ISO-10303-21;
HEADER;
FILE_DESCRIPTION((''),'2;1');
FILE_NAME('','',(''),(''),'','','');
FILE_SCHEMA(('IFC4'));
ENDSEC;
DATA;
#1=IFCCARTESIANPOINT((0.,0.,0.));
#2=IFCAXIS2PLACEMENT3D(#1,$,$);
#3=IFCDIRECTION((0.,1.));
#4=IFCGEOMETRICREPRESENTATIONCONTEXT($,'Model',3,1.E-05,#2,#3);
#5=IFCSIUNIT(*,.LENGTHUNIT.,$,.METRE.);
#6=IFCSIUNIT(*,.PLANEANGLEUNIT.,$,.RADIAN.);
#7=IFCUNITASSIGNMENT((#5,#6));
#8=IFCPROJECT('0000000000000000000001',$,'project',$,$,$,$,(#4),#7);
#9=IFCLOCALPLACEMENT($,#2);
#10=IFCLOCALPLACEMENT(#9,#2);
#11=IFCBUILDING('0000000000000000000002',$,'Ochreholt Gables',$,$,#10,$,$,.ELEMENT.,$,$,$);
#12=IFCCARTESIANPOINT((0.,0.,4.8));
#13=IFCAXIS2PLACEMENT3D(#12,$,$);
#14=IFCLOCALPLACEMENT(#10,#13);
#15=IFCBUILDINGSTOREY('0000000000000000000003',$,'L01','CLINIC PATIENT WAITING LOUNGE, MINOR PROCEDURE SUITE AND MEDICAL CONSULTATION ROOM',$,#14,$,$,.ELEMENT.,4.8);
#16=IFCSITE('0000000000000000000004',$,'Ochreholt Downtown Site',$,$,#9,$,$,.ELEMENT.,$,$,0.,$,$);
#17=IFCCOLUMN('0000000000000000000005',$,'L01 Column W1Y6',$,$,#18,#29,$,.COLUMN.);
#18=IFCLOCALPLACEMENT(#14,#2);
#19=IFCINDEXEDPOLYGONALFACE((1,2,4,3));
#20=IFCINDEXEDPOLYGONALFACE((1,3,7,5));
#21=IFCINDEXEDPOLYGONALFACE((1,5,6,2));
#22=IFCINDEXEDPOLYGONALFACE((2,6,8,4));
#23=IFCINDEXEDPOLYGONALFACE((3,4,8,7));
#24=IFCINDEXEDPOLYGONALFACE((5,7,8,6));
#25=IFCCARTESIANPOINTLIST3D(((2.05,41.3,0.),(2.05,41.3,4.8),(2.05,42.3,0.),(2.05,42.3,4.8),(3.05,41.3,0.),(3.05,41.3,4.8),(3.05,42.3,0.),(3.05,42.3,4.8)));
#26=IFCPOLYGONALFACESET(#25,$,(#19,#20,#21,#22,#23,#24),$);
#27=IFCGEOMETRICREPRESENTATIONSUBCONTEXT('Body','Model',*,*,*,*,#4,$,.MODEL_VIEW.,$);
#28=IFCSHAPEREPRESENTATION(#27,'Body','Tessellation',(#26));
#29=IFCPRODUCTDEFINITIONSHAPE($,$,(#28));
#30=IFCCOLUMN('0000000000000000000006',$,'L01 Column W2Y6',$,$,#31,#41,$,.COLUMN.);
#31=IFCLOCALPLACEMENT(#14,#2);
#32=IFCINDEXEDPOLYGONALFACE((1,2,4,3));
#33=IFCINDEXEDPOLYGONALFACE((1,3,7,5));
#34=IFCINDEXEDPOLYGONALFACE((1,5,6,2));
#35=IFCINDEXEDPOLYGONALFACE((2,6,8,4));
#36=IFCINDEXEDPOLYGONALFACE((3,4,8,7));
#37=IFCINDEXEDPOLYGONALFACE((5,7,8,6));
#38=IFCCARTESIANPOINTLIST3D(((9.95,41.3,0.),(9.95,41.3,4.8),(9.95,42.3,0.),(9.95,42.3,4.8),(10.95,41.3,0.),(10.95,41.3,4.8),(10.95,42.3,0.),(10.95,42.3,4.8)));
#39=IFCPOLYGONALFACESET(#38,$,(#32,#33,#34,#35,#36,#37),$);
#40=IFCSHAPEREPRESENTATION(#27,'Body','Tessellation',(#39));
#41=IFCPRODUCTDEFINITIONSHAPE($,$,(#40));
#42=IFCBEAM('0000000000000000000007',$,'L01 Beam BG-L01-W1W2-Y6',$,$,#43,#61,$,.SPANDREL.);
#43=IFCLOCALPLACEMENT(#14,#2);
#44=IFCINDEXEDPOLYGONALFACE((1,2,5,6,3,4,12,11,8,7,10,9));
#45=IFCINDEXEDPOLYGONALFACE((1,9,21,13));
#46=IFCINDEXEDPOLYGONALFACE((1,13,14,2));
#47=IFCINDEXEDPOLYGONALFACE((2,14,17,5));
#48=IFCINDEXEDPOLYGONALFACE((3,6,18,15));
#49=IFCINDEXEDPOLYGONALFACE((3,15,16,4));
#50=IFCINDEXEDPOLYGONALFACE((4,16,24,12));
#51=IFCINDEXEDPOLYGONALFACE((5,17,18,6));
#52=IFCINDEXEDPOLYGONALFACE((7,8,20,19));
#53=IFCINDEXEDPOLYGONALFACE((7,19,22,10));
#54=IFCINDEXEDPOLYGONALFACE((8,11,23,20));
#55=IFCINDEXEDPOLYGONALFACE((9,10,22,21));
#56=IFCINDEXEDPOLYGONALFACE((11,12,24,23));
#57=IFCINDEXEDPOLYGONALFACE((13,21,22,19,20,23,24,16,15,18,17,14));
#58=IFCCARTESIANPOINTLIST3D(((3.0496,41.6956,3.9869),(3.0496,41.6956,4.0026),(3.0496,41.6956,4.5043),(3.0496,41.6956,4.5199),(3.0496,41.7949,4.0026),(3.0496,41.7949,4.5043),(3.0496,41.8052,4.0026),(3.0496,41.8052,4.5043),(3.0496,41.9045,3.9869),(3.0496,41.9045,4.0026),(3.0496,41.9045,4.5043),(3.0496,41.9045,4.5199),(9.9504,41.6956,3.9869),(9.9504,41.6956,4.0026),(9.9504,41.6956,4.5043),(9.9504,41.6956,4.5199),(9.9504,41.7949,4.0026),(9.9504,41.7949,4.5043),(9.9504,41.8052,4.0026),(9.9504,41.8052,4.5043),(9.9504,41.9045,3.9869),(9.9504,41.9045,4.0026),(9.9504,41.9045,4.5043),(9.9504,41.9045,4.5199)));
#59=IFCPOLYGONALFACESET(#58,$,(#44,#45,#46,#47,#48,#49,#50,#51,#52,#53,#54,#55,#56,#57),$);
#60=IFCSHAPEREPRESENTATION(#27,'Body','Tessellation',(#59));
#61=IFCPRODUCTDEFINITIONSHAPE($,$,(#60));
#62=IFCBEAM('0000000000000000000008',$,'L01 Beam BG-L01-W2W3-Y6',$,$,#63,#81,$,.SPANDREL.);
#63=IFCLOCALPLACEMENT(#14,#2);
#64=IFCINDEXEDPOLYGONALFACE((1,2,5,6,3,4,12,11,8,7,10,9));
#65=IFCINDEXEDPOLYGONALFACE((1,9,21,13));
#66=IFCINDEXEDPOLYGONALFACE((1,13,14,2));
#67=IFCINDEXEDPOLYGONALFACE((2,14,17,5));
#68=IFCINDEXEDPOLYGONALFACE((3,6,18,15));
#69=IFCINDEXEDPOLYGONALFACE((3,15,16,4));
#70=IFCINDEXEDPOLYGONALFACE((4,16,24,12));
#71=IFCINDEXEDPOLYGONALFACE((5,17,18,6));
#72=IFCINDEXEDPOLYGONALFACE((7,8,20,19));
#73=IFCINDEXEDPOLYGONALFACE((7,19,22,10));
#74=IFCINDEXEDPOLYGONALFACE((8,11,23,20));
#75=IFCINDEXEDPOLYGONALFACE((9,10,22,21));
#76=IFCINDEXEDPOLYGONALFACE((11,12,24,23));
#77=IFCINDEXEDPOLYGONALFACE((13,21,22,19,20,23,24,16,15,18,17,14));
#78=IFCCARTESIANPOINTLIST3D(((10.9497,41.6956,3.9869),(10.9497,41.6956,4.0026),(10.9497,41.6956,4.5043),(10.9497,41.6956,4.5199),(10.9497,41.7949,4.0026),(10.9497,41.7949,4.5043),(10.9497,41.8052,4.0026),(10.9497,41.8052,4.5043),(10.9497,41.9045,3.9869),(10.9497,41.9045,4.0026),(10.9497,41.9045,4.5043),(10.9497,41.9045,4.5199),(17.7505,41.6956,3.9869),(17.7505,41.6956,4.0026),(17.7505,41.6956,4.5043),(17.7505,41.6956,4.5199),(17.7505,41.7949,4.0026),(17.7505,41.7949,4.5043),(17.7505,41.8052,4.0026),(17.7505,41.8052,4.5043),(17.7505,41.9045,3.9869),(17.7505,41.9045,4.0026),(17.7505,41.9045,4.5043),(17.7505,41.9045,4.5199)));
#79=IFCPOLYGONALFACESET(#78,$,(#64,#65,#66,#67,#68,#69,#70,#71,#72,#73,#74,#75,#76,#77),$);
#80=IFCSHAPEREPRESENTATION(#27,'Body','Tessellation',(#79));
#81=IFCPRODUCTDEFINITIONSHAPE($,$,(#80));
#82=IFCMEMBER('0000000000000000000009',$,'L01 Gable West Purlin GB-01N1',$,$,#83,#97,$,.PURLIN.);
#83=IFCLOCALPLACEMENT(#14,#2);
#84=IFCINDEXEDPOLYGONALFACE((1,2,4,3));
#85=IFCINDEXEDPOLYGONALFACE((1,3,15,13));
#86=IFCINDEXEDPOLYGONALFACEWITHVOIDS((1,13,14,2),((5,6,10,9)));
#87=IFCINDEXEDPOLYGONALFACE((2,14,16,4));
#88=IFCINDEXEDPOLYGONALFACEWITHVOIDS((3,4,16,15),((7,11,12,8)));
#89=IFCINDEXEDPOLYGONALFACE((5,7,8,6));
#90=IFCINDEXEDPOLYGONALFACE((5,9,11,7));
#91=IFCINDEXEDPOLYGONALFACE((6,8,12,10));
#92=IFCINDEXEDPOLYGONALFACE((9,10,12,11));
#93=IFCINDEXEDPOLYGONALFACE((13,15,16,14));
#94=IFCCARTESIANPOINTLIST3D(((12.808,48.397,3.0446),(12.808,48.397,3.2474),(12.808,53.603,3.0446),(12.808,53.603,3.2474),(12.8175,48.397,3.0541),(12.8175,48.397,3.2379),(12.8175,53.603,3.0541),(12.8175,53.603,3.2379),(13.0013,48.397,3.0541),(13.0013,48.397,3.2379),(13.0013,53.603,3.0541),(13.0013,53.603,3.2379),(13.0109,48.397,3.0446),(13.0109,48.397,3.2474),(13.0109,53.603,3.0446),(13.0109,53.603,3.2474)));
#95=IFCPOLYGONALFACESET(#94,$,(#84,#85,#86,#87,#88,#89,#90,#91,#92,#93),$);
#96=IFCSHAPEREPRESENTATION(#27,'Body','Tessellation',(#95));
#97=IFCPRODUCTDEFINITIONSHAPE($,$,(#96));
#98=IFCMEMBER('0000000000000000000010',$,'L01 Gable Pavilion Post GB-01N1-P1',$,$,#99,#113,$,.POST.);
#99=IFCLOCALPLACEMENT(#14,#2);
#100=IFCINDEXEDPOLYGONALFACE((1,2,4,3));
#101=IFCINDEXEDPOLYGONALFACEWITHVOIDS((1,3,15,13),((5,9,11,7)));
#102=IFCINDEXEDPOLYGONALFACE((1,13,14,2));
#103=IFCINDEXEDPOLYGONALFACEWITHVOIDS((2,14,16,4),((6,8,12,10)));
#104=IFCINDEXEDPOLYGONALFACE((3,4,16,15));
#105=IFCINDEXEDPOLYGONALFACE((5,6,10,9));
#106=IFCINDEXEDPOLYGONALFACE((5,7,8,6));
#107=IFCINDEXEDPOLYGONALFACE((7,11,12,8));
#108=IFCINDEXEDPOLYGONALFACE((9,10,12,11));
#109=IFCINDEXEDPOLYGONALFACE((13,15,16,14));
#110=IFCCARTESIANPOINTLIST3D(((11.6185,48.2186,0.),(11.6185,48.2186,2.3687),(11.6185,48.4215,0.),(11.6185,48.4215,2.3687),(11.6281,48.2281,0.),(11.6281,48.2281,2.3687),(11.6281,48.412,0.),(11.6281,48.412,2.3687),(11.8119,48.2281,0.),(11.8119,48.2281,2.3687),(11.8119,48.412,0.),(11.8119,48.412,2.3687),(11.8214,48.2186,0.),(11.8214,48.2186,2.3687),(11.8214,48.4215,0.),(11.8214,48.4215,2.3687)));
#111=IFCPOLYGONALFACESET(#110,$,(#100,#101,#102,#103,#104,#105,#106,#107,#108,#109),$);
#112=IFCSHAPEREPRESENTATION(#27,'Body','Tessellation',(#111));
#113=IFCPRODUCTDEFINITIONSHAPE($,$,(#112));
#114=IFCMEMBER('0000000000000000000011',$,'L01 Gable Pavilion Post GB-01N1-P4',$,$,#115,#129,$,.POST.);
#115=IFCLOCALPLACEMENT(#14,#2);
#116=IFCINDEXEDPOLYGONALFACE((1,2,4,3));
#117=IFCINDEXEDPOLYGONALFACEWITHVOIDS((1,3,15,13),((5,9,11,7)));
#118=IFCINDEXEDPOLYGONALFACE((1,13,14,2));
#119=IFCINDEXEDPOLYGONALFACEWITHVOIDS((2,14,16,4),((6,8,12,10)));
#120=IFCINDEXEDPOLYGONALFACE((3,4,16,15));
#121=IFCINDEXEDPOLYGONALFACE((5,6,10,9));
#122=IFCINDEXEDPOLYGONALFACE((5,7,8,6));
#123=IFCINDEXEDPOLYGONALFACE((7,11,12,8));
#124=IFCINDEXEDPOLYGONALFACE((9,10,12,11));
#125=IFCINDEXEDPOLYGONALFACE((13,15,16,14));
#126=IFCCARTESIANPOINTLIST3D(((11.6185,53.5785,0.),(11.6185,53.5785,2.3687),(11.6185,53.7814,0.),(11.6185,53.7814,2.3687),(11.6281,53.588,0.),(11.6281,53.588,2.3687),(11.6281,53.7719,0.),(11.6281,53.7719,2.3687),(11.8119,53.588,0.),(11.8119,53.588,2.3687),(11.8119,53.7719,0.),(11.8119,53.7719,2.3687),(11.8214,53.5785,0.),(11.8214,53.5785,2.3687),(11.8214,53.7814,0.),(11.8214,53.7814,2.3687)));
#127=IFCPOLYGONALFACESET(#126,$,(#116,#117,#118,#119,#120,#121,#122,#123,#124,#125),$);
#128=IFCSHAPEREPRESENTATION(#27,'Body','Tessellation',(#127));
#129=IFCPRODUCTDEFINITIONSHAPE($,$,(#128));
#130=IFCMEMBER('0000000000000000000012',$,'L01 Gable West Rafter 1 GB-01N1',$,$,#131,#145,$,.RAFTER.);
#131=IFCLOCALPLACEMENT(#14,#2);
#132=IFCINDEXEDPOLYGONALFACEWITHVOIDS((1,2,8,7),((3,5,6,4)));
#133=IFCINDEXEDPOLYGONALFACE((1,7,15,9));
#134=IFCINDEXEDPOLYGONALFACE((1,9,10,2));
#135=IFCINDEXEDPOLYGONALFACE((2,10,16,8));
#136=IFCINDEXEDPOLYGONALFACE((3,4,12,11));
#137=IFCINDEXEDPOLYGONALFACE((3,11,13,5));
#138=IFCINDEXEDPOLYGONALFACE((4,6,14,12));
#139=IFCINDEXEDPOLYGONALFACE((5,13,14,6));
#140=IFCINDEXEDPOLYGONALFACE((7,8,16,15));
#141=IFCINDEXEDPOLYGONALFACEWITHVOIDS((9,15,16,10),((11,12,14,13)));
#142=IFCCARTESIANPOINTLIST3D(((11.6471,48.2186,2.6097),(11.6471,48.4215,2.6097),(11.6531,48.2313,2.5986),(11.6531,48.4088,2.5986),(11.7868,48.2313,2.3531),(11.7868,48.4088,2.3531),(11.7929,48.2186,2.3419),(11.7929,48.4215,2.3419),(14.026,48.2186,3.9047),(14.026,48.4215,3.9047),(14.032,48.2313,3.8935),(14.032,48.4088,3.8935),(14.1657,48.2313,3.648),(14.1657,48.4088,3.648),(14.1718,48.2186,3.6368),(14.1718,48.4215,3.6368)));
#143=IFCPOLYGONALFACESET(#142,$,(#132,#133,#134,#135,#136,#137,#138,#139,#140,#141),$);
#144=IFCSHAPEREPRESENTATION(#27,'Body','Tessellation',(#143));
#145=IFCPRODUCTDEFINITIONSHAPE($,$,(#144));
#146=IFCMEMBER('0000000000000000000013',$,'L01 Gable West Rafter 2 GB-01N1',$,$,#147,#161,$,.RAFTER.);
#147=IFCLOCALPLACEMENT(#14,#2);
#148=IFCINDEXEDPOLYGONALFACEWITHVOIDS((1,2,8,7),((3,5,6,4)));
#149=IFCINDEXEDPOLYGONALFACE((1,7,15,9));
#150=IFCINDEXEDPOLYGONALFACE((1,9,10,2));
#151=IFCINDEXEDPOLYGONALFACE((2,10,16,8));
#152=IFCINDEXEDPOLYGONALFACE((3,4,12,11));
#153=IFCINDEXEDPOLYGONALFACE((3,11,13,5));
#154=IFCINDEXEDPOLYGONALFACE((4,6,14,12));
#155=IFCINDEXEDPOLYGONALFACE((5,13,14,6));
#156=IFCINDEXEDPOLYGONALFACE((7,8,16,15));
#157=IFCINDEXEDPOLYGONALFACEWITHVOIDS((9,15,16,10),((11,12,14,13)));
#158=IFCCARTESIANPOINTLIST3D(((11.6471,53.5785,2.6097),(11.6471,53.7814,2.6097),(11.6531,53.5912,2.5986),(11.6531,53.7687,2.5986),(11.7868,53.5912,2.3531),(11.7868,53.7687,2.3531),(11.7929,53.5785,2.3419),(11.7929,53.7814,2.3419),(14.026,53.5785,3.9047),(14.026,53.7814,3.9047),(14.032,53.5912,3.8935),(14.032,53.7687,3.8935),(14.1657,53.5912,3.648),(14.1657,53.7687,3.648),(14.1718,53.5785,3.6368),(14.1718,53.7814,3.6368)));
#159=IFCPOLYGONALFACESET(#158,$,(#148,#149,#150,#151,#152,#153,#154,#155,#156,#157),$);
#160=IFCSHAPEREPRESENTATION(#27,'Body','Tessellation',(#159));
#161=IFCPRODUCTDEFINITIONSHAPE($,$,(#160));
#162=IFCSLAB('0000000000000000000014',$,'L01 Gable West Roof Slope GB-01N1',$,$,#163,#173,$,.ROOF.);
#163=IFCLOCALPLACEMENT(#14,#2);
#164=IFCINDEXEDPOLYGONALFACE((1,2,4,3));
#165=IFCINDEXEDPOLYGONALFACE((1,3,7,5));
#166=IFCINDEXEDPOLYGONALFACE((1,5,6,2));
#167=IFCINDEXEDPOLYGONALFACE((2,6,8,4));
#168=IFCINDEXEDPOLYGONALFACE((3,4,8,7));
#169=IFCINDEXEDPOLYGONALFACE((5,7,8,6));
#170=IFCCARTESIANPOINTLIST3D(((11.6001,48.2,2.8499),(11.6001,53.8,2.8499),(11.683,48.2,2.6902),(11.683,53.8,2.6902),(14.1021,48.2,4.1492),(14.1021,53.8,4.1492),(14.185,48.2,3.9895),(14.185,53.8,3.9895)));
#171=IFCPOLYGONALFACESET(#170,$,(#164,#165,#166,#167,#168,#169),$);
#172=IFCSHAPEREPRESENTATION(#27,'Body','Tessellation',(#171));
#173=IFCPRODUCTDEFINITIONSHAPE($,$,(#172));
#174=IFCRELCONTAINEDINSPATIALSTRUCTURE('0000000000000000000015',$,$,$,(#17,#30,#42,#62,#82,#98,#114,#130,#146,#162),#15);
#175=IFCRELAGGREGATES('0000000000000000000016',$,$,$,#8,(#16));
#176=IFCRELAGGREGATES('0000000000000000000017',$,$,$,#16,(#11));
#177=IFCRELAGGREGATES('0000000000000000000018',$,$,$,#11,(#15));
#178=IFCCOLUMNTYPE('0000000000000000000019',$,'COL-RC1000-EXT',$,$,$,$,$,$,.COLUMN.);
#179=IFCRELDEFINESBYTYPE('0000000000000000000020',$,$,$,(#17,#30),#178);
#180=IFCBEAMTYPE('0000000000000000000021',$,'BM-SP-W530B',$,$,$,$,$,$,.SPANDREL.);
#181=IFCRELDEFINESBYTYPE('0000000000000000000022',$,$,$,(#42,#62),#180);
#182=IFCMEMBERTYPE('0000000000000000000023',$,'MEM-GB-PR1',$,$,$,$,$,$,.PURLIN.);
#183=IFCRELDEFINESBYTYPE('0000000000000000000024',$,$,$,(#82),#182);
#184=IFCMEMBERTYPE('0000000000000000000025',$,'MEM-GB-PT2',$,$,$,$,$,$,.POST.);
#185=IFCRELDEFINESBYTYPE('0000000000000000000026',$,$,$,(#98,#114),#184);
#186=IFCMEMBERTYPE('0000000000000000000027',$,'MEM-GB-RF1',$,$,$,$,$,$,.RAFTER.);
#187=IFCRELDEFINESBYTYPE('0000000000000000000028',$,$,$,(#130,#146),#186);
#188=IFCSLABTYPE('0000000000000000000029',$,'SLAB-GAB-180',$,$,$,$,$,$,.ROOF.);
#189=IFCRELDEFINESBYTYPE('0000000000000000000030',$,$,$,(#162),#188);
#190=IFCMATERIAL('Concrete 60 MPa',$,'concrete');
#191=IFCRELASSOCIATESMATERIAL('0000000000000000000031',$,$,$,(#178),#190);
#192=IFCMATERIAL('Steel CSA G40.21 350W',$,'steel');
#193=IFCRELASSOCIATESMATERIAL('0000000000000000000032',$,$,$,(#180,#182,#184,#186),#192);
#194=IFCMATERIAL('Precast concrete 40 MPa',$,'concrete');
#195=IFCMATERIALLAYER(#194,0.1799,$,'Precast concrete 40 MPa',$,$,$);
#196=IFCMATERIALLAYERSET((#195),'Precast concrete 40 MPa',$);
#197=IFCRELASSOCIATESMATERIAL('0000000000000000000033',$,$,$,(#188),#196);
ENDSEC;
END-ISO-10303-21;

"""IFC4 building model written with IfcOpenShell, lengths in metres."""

from ifc_helpers import new_model, si_unit, direction, frame, origin, origin_2d, place, context, subcontext, project, spatial, polyline, rectangle, hollow_rectangle, i_section, outline, extrude, material, layer, layer_set, material_profile, profile_set, type_object, element, save


model = new_model("IFC4")

# Units and contexts
model_context = context("Model", 3, precision=1e-05, world=origin(), true_north=direction((0.0, 1.0)))
body_context = subcontext(model_context, "Body", "Model", "MODEL_VIEW")
ifc_project = project(units=[si_unit("LENGTHUNIT", "METRE"), si_unit("PLANEANGLEUNIT", "RADIAN")], contexts=[model_context])

# Site, building, storey
site_placement = place(None, origin())
site = spatial("IfcSite", under=ifc_project, at=site_placement, Name="Ochreholt Downtown Site", CompositionType="ELEMENT", RefElevation=0.0)
building_placement = place(site_placement, origin())
building = spatial("IfcBuilding", under=site, at=building_placement, Name="Ochreholt Gables", CompositionType="ELEMENT")
storey_placement = place(building_placement, frame((0.0, 0.0, 4.8)))
storey = spatial("IfcBuildingStorey", under=building, at=storey_placement, Name="L01", Description="CLINIC PATIENT WAITING LOUNGE, MINOR PROCEDURE SUITE AND MEDICAL CONSULTATION ROOM", CompositionType="ELEMENT", Elevation=4.8)

# Columns
ifc_material_1 = material(Name="Concrete 60 MPa", Category="concrete")
ifc_material_profile_1 = material_profile(ifc_material_1, rectangle(XDim=1.0, YDim=1.0, at=origin_2d()), Name="RC1000X1000")
ifc_profile_set_1 = profile_set([ifc_material_profile_1], Name="Concrete 60 MPa")
column_type = type_object("IfcColumnType", Name="COL-RC1000-EXT", PredefinedType="COLUMN", material=ifc_profile_set_1)
for number, where, z_axis, x_axis, name in (
    (1, (2.55, 41.8, 0.0), (0.0, 0.0, 1.0), (1.0, 0.0, 0.0), "L01 Column W1Y6"),
    (2, (10.45, 41.8, 0.0), (0.0, 0.0, 1.0), (1.0, 0.0, 0.0), "L01 Column W2Y6"),
):
    element("IfcColumn", number, at=place(storey_placement, frame(where, z_axis=z_axis, x_axis=x_axis)), inside=storey, type_object=column_type, Name=name, PredefinedType="COLUMN", context=body_context, shape_type="SweptSolid", body=[
        extrude(rectangle(XDim=1.0, YDim=1.0, at=origin_2d()), origin(), (0.0, 0.0, 1.0), 4.8),
    ])

# Beams
ifc_material_2 = material(Name="Steel CSA G40.21 350W", Category="steel")
ifc_material_profile_2 = material_profile(ifc_material_2, i_section(OverallWidth=0.209, OverallDepth=0.533, WebThickness=0.0103, FlangeThickness=0.0156, at=origin_2d()), Name="W530X92")
ifc_profile_set_2 = profile_set([ifc_material_profile_2], Name="Steel CSA G40.21 350W")
beam_type = type_object("IfcBeamType", Name="BM-SP-W530B", PredefinedType="SPANDREL", material=ifc_profile_set_2)
beam_1_placement = place(storey_placement, frame((3.0496, 41.8, 4.2534), z_axis=(1.0, 0.0, 0.0), x_axis=(0.0, 1.0, 0.0)))
element("IfcBeam", 3, at=beam_1_placement, inside=storey, type_object=beam_type, Name="L01 Beam BG-L01-W1W2-Y6", PredefinedType="SPANDREL", context=body_context, shape_type="SweptSolid", body=[
    extrude(i_section(OverallWidth=0.209, OverallDepth=0.533, WebThickness=0.0103, FlangeThickness=0.0156, at=origin_2d()), origin(), (0.0, 0.0, 1.0), 6.9009),
])
beam_2_placement = place(storey_placement, frame((10.9497, 41.8, 4.2534), z_axis=(1.0, 0.0, 0.0), x_axis=(0.0, 1.0, 0.0)))
element("IfcBeam", 4, at=beam_2_placement, inside=storey, type_object=beam_type, Name="L01 Beam BG-L01-W2W3-Y6", PredefinedType="SPANDREL", context=body_context, shape_type="SweptSolid", body=[
    extrude(i_section(OverallWidth=0.209, OverallDepth=0.533, WebThickness=0.0103, FlangeThickness=0.0156, at=origin_2d()), origin(), (0.0, 0.0, 1.0), 6.8008),
])

# Members
ifc_material_profile_3 = material_profile(ifc_material_2, hollow_rectangle(XDim=0.2029, YDim=0.2029, WallThickness=0.0095, at=origin_2d()), Name="HSS203X203X10")
ifc_profile_set_3 = profile_set([ifc_material_profile_3], Name="Steel CSA G40.21 350W")
member_type_1 = type_object("IfcMemberType", Name="MEM-GB-PR1", PredefinedType="PURLIN", material=ifc_profile_set_3)
member_placement = place(storey_placement, frame((12.9094, 48.397, 3.146), z_axis=(0.0, 1.0, 0.0), x_axis=(-1.0, 0.0, 0.0)))
element("IfcMember", 5, at=member_placement, inside=storey, type_object=member_type_1, Name="L01 Gable West Purlin GB-01N1", PredefinedType="PURLIN", context=body_context, shape_type="SweptSolid", body=[
    extrude(hollow_rectangle(XDim=0.2029, YDim=0.2029, WallThickness=0.0095, at=origin_2d()), origin(), (0.0, 0.0, 1.0), 5.2061),
])
ifc_material_profile_4 = material_profile(ifc_material_2, hollow_rectangle(XDim=0.2029, YDim=0.2029, WallThickness=0.0095, at=origin_2d()), Name="HSS203X203X10")
ifc_profile_set_4 = profile_set([ifc_material_profile_4], Name="Steel CSA G40.21 350W")
member_type_2 = type_object("IfcMemberType", Name="MEM-GB-PT2", PredefinedType="POST", material=ifc_profile_set_4)
for number, where, z_axis, x_axis, name in (
    (6, (11.72, 48.3201, 0.0), (0.0, 0.0, 1.0), (1.0, 0.0, 0.0), "L01 Gable Pavilion Post GB-01N1-P1"),
    (7, (11.72, 53.6799, 0.0), (0.0, 0.0, 1.0), (1.0, 0.0, 0.0), "L01 Gable Pavilion Post GB-01N1-P4"),
):
    element("IfcMember", number, at=place(storey_placement, frame(where, z_axis=z_axis, x_axis=x_axis)), inside=storey, type_object=member_type_2, Name=name, PredefinedType="POST", context=body_context, shape_type="SweptSolid", body=[
        extrude(hollow_rectangle(XDim=0.2029, YDim=0.2029, WallThickness=0.0095, at=origin_2d()), origin(), (0.0, 0.0, 1.0), 2.3687),
    ])
ifc_material_profile_5 = material_profile(ifc_material_2, hollow_rectangle(XDim=0.2029, YDim=0.3049, WallThickness=0.0127, at=origin_2d()), Name="HSS305X203X13")
ifc_profile_set_5 = profile_set([ifc_material_profile_5], Name="Steel CSA G40.21 350W")
member_type_3 = type_object("IfcMemberType", Name="MEM-GB-RF1", PredefinedType="RAFTER", material=ifc_profile_set_5)
for number, where, z_axis, x_axis, name in (
    (8, (11.72, 48.3201, 2.4758), (0.878309, 0.0, 0.478094), (0.0, 1.0, 0.0), "L01 Gable West Rafter 1 GB-01N1"),
    (9, (11.72, 53.6799, 2.4758), (0.878309, 0.0, 0.478094), (0.0, 1.0, 0.0), "L01 Gable West Rafter 2 GB-01N1"),
):
    element("IfcMember", number, at=place(storey_placement, frame(where, z_axis=z_axis, x_axis=x_axis)), inside=storey, type_object=member_type_3, Name=name, PredefinedType="RAFTER", context=body_context, shape_type="SweptSolid", body=[
        extrude(hollow_rectangle(XDim=0.2029, YDim=0.3049, WallThickness=0.0127, at=origin_2d()), origin(), (0.0, 0.0, 1.0), 2.7085),
    ])

# Slab
ifc_material_3 = material(Name="Precast concrete 40 MPa", Category="concrete")
ifc_layer_1 = layer(ifc_material_3, 0.1799, Name="Precast concrete 40 MPa")
ifc_layer_set_1 = layer_set([ifc_layer_1], Name="Precast concrete 40 MPa")
slab_type = type_object("IfcSlabType", Name="SLAB-GAB-180", PredefinedType="ROOF", material=ifc_layer_set_1)
slab_placement = place(storey_placement, frame((11.6001, 48.2, 2.8499), z_axis=(-0.460878, 0.0, 0.887463), x_axis=(0.887463, 0.0, 0.460878)))
element("IfcSlab", 10, at=slab_placement, inside=storey, type_object=slab_type, Name="L01 Gable West Roof Slope GB-01N1", PredefinedType="ROOF", context=body_context, shape_type="SweptSolid", body=[
    extrude(outline(polyline([(0.0, 0.0), (2.8192, 0.0), (2.8192, 5.6001), (0.0, 5.6001), (0.0, 0.0)])), origin(), (0.0, 0.0, -1.0), 0.1799),
])

save(model, "model.ifc")
